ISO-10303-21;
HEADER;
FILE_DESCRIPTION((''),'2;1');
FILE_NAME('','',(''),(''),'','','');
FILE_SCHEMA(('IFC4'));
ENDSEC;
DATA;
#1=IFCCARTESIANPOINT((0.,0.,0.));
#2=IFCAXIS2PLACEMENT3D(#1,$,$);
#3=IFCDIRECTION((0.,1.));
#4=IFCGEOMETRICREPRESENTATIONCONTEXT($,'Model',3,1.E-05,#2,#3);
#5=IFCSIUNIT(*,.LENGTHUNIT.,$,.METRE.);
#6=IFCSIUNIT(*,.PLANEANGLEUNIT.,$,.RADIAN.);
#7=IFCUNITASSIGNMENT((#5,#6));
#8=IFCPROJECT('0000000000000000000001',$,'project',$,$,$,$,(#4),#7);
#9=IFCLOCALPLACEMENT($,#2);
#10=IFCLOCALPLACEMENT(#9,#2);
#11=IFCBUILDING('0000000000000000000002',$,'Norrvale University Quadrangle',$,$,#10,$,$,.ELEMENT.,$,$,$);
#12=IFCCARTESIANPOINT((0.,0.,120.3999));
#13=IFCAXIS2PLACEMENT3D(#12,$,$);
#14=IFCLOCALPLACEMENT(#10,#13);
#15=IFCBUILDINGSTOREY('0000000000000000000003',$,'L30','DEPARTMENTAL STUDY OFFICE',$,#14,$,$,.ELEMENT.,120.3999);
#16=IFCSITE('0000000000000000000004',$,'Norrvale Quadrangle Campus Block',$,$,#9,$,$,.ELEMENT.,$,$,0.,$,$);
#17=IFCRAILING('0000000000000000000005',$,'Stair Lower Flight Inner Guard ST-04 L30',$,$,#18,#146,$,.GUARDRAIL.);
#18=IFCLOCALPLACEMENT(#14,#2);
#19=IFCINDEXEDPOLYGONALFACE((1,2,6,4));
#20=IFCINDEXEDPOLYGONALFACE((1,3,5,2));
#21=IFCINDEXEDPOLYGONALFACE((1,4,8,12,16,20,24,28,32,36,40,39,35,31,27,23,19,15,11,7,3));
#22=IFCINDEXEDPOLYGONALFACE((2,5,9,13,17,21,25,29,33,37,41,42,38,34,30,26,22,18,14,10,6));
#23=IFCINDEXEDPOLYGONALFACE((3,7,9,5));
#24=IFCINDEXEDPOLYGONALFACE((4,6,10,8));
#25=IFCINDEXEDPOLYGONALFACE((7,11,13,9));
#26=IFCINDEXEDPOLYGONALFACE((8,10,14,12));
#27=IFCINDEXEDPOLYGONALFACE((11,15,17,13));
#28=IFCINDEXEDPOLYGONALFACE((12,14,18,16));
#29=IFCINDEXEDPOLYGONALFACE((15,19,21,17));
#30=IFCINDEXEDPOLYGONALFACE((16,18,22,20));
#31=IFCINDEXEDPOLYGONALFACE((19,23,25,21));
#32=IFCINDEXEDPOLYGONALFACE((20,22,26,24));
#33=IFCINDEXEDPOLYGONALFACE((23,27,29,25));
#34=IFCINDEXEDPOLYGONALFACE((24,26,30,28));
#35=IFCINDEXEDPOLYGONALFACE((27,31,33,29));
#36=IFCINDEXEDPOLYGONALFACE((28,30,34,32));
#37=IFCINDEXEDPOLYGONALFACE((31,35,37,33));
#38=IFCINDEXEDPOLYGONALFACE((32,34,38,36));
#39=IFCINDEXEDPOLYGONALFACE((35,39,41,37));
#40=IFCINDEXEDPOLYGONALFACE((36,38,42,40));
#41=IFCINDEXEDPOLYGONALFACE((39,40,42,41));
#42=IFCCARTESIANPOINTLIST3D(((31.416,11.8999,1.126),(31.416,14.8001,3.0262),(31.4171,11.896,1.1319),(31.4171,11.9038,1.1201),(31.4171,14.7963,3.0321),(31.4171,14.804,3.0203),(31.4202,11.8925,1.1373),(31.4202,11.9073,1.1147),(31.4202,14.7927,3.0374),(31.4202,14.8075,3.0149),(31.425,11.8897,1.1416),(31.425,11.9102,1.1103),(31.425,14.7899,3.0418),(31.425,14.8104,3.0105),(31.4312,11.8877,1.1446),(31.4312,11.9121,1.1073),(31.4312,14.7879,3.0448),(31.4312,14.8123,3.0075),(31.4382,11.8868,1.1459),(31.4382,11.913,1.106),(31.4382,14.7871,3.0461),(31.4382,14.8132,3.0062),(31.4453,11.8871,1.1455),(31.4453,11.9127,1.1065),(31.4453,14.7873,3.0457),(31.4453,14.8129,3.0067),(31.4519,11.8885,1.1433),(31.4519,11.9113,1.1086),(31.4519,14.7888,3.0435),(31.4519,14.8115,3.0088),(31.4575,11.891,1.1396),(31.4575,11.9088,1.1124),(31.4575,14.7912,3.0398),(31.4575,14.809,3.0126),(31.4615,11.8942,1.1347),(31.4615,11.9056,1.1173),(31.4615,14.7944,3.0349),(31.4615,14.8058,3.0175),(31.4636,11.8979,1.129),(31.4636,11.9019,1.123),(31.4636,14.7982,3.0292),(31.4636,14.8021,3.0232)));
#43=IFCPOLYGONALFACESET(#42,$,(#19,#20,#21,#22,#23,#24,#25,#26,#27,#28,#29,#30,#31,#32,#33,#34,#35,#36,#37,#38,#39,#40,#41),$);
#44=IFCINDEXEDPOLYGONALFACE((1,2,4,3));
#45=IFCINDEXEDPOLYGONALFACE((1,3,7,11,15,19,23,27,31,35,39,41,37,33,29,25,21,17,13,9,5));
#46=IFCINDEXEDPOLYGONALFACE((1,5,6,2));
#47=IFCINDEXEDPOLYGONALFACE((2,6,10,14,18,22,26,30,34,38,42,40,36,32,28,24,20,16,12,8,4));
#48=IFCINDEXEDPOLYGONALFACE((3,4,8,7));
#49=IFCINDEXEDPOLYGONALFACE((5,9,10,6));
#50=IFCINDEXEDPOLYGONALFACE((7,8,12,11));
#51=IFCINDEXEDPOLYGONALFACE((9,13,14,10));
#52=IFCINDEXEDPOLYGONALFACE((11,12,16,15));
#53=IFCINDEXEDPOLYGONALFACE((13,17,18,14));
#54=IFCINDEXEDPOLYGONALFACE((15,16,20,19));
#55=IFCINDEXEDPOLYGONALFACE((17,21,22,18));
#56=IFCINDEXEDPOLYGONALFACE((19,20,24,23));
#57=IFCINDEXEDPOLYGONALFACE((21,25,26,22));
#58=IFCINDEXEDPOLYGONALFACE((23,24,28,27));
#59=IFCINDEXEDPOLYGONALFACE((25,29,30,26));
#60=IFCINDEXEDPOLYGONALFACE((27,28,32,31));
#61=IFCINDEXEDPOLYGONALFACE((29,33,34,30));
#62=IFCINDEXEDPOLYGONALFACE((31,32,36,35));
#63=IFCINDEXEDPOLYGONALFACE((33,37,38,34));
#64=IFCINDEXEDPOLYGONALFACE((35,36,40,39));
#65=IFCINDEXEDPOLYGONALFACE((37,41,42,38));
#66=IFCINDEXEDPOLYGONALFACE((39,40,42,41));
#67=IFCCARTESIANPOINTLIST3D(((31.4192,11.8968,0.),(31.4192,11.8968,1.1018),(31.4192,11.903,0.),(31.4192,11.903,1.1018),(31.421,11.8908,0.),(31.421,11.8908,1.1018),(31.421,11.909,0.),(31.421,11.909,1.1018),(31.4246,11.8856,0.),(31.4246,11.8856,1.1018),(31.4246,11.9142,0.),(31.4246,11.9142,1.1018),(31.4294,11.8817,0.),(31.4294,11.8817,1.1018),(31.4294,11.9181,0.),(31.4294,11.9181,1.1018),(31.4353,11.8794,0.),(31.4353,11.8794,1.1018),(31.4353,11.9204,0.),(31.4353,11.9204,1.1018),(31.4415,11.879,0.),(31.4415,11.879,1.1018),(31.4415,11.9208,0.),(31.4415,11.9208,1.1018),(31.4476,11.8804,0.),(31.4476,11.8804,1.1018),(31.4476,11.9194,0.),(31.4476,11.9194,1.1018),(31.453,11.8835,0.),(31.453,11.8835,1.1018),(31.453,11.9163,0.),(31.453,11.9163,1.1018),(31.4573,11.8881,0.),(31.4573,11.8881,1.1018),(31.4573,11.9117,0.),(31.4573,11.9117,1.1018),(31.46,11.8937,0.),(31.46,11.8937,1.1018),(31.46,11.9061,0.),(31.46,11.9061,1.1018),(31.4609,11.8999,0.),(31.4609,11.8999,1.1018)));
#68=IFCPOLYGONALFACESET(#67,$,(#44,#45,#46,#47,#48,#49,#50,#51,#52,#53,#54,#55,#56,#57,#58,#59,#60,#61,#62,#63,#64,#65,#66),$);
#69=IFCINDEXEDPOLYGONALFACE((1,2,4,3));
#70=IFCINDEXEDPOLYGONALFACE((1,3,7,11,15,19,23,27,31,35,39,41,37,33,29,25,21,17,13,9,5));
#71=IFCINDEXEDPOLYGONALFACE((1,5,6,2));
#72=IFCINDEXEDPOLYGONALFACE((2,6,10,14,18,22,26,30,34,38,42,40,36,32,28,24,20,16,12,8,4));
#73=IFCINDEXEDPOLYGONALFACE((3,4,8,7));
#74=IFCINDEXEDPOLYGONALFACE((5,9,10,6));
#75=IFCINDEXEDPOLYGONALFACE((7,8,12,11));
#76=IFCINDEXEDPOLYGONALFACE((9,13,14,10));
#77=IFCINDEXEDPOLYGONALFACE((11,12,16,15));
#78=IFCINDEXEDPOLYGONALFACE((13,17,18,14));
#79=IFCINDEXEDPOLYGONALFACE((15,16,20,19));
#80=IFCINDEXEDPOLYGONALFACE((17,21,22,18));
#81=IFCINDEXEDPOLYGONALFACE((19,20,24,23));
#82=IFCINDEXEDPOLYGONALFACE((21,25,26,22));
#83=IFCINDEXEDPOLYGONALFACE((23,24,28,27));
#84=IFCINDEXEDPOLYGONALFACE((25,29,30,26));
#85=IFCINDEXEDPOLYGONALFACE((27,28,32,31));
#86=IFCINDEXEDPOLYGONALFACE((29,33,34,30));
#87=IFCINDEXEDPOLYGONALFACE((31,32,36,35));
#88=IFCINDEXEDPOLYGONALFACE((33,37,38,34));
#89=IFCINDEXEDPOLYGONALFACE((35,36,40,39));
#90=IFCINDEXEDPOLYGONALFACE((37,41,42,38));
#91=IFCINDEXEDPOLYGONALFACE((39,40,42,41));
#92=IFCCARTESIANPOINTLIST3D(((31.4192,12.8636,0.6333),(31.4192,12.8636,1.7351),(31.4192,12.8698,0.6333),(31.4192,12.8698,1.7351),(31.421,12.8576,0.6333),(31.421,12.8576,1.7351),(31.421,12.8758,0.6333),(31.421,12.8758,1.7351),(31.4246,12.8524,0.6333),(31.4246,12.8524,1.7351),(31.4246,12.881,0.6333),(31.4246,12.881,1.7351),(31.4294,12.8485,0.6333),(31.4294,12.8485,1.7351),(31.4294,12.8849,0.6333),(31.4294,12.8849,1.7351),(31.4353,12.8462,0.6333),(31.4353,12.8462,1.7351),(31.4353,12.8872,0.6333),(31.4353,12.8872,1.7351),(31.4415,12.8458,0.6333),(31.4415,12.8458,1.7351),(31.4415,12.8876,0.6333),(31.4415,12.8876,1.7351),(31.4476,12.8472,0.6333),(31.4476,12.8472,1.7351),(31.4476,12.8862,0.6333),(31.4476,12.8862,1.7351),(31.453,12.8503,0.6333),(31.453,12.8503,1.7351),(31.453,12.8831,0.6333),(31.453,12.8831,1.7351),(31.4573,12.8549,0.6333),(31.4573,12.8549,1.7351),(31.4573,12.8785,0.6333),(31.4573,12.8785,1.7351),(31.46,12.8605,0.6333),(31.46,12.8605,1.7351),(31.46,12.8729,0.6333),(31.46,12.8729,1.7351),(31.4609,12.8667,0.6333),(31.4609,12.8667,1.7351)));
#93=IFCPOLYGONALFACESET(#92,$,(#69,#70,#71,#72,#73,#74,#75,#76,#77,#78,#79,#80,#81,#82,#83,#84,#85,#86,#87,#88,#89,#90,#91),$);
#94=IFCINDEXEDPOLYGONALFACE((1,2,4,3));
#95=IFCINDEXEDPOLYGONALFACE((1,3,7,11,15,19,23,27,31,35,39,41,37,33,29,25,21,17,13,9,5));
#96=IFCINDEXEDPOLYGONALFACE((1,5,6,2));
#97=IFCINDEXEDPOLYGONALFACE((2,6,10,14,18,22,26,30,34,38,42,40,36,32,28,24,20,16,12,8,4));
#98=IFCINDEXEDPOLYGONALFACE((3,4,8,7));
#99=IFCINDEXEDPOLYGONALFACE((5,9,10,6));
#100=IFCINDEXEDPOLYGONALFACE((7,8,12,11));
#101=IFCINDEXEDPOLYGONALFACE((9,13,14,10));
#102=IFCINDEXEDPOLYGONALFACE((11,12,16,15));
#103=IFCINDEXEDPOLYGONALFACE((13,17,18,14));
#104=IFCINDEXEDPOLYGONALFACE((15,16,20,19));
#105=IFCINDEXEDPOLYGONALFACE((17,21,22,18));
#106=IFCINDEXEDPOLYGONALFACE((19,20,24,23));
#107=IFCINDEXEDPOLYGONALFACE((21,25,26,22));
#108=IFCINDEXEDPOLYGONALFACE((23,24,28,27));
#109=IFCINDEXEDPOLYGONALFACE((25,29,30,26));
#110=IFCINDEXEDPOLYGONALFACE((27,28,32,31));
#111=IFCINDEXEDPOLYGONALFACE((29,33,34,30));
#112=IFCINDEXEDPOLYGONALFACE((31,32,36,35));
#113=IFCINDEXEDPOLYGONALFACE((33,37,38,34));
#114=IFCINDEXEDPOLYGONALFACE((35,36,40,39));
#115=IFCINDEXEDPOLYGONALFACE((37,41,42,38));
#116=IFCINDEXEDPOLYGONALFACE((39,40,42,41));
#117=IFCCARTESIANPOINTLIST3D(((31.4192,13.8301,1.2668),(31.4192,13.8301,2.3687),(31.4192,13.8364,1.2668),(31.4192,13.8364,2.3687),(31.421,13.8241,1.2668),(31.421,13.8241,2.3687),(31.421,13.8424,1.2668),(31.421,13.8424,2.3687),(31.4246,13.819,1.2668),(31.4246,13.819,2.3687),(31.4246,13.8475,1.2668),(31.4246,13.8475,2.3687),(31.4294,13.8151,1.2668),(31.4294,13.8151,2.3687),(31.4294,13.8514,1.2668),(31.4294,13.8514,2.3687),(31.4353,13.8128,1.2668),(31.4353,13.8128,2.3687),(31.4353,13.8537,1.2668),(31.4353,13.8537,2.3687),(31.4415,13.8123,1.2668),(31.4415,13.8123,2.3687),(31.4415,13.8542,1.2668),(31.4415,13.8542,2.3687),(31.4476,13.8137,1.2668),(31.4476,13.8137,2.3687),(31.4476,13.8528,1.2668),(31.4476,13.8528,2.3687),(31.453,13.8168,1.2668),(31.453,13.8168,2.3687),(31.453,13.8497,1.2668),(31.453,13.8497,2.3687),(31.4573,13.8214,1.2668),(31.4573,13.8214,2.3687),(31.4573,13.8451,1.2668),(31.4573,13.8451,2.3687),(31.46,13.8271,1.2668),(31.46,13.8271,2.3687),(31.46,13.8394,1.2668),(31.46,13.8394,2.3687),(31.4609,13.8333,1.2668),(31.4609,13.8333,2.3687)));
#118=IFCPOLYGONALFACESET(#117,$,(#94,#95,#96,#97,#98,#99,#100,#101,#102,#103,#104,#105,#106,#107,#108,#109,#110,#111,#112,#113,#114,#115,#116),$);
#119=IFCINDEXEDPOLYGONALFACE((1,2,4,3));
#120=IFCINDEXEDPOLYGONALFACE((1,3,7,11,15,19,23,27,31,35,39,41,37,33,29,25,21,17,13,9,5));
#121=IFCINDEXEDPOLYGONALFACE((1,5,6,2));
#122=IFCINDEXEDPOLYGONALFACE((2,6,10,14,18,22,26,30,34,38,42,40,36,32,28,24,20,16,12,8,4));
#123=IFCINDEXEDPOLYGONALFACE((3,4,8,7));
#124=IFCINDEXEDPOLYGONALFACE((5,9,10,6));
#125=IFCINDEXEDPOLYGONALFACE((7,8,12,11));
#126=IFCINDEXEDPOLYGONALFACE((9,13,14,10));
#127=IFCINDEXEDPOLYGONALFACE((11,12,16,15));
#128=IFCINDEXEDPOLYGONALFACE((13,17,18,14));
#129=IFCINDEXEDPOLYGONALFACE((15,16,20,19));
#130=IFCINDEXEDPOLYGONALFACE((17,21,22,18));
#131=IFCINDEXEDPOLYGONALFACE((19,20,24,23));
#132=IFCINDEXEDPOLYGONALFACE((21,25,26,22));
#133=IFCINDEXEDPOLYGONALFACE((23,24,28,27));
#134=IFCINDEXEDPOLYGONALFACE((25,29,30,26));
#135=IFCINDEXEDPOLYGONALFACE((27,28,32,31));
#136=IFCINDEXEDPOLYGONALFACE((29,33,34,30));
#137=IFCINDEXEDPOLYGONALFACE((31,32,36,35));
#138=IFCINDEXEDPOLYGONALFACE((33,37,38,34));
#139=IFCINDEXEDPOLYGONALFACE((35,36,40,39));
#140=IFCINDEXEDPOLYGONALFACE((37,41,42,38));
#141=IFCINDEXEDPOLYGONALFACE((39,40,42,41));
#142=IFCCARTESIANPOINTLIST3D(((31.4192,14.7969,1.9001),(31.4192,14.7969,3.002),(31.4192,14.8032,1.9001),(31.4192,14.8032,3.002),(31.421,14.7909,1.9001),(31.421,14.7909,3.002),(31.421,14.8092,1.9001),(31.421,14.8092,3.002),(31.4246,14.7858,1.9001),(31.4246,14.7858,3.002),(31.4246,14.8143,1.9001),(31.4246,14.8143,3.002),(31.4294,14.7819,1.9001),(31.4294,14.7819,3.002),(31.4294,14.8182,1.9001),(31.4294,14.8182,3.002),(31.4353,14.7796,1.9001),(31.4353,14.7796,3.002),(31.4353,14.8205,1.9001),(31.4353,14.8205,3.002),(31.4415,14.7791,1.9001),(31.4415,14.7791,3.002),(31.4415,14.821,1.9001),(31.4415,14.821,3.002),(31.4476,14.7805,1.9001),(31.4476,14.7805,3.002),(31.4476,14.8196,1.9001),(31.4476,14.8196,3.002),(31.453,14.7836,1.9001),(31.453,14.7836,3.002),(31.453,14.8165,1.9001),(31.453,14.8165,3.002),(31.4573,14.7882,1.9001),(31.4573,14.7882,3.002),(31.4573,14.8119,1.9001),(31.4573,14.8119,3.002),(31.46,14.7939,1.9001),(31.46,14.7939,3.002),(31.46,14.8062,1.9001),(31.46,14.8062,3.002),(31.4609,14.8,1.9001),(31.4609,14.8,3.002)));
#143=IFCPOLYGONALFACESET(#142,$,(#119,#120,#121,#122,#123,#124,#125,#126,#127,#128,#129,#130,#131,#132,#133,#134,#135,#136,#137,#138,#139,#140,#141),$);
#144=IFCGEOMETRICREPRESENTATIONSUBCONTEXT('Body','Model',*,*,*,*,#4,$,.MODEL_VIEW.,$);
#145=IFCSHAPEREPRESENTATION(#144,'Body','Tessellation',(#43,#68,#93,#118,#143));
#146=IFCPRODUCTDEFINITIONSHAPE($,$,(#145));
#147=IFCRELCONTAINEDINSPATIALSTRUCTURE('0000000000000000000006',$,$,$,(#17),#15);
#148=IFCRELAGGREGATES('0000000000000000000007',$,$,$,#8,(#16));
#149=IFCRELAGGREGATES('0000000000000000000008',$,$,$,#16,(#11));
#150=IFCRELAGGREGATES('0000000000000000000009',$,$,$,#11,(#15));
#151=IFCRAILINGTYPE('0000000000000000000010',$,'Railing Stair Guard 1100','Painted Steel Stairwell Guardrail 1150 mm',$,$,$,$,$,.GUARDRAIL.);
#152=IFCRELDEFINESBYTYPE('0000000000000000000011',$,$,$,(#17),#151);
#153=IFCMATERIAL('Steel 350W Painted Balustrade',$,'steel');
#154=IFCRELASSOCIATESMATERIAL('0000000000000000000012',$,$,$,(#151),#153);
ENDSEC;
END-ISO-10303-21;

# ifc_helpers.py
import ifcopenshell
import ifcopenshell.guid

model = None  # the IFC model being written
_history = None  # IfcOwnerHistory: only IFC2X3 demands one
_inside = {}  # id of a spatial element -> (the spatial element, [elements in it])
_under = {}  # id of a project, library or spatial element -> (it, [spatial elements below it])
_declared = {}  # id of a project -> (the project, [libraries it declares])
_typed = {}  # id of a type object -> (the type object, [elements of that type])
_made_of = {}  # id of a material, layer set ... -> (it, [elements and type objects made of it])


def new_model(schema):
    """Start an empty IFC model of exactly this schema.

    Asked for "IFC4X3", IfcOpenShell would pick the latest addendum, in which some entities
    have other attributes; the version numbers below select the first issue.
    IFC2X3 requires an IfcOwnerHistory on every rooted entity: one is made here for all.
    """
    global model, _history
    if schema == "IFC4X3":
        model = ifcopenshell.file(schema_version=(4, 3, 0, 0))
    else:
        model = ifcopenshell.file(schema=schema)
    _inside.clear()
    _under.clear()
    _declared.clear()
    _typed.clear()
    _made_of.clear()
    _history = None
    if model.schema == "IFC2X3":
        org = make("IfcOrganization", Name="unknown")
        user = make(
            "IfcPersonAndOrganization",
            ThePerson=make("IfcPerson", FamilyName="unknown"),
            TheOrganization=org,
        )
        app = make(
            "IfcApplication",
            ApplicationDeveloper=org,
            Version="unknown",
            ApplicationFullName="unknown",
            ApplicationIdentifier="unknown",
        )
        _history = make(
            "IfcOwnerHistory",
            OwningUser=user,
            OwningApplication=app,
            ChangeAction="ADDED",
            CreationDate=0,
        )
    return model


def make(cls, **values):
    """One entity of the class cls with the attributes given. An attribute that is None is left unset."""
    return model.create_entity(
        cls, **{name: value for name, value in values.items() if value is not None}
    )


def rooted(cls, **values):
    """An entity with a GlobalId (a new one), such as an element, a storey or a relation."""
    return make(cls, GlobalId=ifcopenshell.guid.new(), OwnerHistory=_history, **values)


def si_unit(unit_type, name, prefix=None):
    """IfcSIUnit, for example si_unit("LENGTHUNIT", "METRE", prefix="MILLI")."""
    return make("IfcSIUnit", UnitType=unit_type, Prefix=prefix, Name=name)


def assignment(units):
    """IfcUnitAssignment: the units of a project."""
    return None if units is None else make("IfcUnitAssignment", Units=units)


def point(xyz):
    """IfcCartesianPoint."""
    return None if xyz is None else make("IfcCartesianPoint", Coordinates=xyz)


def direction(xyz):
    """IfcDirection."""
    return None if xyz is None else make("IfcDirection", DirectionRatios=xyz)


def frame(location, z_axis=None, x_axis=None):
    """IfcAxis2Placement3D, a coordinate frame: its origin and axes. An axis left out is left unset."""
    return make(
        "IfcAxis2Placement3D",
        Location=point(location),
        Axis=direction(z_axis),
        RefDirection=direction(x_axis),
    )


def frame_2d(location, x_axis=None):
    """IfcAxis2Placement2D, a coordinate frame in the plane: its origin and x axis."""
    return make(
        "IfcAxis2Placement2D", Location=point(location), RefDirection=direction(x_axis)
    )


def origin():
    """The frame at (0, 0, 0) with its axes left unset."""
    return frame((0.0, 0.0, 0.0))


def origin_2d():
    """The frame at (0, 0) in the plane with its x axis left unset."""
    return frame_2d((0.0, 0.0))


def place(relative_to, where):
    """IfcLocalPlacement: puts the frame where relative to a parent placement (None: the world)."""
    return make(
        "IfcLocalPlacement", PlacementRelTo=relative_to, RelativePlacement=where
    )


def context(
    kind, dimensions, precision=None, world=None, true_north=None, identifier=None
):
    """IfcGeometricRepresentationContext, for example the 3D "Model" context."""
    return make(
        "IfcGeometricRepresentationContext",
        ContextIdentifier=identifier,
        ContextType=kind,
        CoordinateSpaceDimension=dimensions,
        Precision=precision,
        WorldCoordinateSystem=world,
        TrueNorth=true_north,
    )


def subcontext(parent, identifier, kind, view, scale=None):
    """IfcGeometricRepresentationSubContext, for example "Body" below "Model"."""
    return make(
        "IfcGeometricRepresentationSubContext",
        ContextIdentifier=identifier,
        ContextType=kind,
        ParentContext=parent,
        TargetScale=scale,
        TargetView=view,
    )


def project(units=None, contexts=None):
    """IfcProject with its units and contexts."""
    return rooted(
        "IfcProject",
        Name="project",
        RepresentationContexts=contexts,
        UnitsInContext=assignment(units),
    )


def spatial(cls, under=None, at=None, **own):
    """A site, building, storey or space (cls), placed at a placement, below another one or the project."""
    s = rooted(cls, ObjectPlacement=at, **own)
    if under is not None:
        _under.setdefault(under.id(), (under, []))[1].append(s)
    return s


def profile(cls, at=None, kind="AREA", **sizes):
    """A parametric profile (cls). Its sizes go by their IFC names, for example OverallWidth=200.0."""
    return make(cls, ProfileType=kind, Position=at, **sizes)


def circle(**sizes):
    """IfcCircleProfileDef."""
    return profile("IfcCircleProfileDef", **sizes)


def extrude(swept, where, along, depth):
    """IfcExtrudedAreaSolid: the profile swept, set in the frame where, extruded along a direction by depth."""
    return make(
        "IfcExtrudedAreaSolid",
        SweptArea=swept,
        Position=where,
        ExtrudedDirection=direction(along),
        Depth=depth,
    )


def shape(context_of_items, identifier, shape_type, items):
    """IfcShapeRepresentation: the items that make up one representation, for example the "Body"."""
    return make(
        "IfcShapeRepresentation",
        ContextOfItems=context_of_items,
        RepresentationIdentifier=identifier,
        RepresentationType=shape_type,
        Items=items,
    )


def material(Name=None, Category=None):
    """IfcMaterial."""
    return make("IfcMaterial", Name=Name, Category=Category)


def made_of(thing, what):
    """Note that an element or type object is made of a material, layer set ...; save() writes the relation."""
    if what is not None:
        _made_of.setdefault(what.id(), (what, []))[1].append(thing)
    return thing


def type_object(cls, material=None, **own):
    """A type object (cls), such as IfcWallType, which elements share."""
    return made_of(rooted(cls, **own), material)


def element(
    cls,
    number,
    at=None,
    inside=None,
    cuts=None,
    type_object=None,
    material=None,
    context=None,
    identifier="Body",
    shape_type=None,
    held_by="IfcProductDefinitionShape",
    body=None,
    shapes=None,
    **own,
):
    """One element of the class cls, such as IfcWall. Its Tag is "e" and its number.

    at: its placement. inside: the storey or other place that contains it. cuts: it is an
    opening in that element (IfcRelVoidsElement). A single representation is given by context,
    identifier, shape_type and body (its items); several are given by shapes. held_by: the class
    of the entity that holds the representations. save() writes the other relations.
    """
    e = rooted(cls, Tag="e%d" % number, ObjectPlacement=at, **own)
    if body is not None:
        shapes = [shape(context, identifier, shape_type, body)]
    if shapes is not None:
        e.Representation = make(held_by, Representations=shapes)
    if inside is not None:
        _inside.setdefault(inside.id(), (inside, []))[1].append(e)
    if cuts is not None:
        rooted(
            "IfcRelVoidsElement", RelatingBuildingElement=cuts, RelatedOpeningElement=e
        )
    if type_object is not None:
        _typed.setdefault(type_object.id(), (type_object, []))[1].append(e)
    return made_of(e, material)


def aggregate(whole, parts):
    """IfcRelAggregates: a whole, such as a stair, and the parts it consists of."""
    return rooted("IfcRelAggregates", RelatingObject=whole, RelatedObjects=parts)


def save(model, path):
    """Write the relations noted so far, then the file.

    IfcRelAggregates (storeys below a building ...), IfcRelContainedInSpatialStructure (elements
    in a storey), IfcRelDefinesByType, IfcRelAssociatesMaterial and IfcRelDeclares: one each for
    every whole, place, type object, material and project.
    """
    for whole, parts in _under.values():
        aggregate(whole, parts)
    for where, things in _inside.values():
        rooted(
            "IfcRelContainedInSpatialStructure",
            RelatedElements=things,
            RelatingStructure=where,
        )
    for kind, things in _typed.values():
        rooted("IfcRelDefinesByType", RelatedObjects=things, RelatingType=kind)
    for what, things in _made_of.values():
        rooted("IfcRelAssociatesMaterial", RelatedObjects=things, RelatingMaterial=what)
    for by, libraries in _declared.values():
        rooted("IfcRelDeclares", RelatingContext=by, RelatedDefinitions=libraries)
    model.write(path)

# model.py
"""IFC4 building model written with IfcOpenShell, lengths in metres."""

from ifc_helpers import new_model, si_unit, direction, frame, origin, origin_2d, place, context, subcontext, project, spatial, circle, extrude, material, type_object, element, save


model = new_model("IFC4")

# Units and contexts
model_context = context("Model", 3, precision=1e-05, world=origin(), true_north=direction((0.0, 1.0)))
body_context = subcontext(model_context, "Body", "Model", "MODEL_VIEW")
ifc_project = project(units=[si_unit("LENGTHUNIT", "METRE"), si_unit("PLANEANGLEUNIT", "RADIAN")], contexts=[model_context])

# Site, building, storey
site_placement = place(None, origin())
site = spatial("IfcSite", under=ifc_project, at=site_placement, Name="Norrvale Quadrangle Campus Block", CompositionType="ELEMENT", RefElevation=0.0)
building_placement = place(site_placement, origin())
building = spatial("IfcBuilding", under=site, at=building_placement, Name="Norrvale University Quadrangle", CompositionType="ELEMENT")
storey_placement = place(building_placement, frame((0.0, 0.0, 120.3999)))
storey = spatial("IfcBuildingStorey", under=building, at=storey_placement, Name="L30", Description="DEPARTMENTAL STUDY OFFICE", CompositionType="ELEMENT", Elevation=120.3999)

# Railing
ifc_material_1 = material(Name="Steel 350W Painted Balustrade", Category="steel")
railing_type_1 = type_object("IfcRailingType", Name="Railing Stair Guard 1100", Description="Painted Steel Stairwell Guardrail 1150 mm", PredefinedType="GUARDRAIL", material=ifc_material_1)
railing_1_placement = place(storey_placement, frame((31.4399, 11.8999, 0.0)))
element("IfcRailing", 1, at=railing_1_placement, inside=storey, type_object=railing_type_1, Name="Stair Lower Flight Inner Guard ST-04 L30", PredefinedType="GUARDRAIL", context=body_context, shape_type="SweptSolid", body=[
    extrude(circle(Radius=0.0239, at=origin_2d()), frame((0.0, 0.0, 1.126), z_axis=(0.0, 0.836454, 0.548036), x_axis=(-1.0, 0.0, 0.0)), (0.0, 0.0, 1.0), 3.4673),
    extrude(circle(Radius=0.021, at=origin_2d()), origin(), (0.0, 0.0, 1.0), 1.1018),
    extrude(circle(Radius=0.021, at=origin_2d()), frame((0.0, 0.9668, 0.6333)), (0.0, 0.0, 1.0), 1.1018),
    extrude(circle(Radius=0.021, at=origin_2d()), frame((0.0, 1.9333, 1.2668)), (0.0, 0.0, 1.0), 1.1018),
    extrude(circle(Radius=0.021, at=origin_2d()), frame((0.0, 2.9001, 1.9001)), (0.0, 0.0, 1.0), 1.1018),
])

save(model, "model.ifc")
